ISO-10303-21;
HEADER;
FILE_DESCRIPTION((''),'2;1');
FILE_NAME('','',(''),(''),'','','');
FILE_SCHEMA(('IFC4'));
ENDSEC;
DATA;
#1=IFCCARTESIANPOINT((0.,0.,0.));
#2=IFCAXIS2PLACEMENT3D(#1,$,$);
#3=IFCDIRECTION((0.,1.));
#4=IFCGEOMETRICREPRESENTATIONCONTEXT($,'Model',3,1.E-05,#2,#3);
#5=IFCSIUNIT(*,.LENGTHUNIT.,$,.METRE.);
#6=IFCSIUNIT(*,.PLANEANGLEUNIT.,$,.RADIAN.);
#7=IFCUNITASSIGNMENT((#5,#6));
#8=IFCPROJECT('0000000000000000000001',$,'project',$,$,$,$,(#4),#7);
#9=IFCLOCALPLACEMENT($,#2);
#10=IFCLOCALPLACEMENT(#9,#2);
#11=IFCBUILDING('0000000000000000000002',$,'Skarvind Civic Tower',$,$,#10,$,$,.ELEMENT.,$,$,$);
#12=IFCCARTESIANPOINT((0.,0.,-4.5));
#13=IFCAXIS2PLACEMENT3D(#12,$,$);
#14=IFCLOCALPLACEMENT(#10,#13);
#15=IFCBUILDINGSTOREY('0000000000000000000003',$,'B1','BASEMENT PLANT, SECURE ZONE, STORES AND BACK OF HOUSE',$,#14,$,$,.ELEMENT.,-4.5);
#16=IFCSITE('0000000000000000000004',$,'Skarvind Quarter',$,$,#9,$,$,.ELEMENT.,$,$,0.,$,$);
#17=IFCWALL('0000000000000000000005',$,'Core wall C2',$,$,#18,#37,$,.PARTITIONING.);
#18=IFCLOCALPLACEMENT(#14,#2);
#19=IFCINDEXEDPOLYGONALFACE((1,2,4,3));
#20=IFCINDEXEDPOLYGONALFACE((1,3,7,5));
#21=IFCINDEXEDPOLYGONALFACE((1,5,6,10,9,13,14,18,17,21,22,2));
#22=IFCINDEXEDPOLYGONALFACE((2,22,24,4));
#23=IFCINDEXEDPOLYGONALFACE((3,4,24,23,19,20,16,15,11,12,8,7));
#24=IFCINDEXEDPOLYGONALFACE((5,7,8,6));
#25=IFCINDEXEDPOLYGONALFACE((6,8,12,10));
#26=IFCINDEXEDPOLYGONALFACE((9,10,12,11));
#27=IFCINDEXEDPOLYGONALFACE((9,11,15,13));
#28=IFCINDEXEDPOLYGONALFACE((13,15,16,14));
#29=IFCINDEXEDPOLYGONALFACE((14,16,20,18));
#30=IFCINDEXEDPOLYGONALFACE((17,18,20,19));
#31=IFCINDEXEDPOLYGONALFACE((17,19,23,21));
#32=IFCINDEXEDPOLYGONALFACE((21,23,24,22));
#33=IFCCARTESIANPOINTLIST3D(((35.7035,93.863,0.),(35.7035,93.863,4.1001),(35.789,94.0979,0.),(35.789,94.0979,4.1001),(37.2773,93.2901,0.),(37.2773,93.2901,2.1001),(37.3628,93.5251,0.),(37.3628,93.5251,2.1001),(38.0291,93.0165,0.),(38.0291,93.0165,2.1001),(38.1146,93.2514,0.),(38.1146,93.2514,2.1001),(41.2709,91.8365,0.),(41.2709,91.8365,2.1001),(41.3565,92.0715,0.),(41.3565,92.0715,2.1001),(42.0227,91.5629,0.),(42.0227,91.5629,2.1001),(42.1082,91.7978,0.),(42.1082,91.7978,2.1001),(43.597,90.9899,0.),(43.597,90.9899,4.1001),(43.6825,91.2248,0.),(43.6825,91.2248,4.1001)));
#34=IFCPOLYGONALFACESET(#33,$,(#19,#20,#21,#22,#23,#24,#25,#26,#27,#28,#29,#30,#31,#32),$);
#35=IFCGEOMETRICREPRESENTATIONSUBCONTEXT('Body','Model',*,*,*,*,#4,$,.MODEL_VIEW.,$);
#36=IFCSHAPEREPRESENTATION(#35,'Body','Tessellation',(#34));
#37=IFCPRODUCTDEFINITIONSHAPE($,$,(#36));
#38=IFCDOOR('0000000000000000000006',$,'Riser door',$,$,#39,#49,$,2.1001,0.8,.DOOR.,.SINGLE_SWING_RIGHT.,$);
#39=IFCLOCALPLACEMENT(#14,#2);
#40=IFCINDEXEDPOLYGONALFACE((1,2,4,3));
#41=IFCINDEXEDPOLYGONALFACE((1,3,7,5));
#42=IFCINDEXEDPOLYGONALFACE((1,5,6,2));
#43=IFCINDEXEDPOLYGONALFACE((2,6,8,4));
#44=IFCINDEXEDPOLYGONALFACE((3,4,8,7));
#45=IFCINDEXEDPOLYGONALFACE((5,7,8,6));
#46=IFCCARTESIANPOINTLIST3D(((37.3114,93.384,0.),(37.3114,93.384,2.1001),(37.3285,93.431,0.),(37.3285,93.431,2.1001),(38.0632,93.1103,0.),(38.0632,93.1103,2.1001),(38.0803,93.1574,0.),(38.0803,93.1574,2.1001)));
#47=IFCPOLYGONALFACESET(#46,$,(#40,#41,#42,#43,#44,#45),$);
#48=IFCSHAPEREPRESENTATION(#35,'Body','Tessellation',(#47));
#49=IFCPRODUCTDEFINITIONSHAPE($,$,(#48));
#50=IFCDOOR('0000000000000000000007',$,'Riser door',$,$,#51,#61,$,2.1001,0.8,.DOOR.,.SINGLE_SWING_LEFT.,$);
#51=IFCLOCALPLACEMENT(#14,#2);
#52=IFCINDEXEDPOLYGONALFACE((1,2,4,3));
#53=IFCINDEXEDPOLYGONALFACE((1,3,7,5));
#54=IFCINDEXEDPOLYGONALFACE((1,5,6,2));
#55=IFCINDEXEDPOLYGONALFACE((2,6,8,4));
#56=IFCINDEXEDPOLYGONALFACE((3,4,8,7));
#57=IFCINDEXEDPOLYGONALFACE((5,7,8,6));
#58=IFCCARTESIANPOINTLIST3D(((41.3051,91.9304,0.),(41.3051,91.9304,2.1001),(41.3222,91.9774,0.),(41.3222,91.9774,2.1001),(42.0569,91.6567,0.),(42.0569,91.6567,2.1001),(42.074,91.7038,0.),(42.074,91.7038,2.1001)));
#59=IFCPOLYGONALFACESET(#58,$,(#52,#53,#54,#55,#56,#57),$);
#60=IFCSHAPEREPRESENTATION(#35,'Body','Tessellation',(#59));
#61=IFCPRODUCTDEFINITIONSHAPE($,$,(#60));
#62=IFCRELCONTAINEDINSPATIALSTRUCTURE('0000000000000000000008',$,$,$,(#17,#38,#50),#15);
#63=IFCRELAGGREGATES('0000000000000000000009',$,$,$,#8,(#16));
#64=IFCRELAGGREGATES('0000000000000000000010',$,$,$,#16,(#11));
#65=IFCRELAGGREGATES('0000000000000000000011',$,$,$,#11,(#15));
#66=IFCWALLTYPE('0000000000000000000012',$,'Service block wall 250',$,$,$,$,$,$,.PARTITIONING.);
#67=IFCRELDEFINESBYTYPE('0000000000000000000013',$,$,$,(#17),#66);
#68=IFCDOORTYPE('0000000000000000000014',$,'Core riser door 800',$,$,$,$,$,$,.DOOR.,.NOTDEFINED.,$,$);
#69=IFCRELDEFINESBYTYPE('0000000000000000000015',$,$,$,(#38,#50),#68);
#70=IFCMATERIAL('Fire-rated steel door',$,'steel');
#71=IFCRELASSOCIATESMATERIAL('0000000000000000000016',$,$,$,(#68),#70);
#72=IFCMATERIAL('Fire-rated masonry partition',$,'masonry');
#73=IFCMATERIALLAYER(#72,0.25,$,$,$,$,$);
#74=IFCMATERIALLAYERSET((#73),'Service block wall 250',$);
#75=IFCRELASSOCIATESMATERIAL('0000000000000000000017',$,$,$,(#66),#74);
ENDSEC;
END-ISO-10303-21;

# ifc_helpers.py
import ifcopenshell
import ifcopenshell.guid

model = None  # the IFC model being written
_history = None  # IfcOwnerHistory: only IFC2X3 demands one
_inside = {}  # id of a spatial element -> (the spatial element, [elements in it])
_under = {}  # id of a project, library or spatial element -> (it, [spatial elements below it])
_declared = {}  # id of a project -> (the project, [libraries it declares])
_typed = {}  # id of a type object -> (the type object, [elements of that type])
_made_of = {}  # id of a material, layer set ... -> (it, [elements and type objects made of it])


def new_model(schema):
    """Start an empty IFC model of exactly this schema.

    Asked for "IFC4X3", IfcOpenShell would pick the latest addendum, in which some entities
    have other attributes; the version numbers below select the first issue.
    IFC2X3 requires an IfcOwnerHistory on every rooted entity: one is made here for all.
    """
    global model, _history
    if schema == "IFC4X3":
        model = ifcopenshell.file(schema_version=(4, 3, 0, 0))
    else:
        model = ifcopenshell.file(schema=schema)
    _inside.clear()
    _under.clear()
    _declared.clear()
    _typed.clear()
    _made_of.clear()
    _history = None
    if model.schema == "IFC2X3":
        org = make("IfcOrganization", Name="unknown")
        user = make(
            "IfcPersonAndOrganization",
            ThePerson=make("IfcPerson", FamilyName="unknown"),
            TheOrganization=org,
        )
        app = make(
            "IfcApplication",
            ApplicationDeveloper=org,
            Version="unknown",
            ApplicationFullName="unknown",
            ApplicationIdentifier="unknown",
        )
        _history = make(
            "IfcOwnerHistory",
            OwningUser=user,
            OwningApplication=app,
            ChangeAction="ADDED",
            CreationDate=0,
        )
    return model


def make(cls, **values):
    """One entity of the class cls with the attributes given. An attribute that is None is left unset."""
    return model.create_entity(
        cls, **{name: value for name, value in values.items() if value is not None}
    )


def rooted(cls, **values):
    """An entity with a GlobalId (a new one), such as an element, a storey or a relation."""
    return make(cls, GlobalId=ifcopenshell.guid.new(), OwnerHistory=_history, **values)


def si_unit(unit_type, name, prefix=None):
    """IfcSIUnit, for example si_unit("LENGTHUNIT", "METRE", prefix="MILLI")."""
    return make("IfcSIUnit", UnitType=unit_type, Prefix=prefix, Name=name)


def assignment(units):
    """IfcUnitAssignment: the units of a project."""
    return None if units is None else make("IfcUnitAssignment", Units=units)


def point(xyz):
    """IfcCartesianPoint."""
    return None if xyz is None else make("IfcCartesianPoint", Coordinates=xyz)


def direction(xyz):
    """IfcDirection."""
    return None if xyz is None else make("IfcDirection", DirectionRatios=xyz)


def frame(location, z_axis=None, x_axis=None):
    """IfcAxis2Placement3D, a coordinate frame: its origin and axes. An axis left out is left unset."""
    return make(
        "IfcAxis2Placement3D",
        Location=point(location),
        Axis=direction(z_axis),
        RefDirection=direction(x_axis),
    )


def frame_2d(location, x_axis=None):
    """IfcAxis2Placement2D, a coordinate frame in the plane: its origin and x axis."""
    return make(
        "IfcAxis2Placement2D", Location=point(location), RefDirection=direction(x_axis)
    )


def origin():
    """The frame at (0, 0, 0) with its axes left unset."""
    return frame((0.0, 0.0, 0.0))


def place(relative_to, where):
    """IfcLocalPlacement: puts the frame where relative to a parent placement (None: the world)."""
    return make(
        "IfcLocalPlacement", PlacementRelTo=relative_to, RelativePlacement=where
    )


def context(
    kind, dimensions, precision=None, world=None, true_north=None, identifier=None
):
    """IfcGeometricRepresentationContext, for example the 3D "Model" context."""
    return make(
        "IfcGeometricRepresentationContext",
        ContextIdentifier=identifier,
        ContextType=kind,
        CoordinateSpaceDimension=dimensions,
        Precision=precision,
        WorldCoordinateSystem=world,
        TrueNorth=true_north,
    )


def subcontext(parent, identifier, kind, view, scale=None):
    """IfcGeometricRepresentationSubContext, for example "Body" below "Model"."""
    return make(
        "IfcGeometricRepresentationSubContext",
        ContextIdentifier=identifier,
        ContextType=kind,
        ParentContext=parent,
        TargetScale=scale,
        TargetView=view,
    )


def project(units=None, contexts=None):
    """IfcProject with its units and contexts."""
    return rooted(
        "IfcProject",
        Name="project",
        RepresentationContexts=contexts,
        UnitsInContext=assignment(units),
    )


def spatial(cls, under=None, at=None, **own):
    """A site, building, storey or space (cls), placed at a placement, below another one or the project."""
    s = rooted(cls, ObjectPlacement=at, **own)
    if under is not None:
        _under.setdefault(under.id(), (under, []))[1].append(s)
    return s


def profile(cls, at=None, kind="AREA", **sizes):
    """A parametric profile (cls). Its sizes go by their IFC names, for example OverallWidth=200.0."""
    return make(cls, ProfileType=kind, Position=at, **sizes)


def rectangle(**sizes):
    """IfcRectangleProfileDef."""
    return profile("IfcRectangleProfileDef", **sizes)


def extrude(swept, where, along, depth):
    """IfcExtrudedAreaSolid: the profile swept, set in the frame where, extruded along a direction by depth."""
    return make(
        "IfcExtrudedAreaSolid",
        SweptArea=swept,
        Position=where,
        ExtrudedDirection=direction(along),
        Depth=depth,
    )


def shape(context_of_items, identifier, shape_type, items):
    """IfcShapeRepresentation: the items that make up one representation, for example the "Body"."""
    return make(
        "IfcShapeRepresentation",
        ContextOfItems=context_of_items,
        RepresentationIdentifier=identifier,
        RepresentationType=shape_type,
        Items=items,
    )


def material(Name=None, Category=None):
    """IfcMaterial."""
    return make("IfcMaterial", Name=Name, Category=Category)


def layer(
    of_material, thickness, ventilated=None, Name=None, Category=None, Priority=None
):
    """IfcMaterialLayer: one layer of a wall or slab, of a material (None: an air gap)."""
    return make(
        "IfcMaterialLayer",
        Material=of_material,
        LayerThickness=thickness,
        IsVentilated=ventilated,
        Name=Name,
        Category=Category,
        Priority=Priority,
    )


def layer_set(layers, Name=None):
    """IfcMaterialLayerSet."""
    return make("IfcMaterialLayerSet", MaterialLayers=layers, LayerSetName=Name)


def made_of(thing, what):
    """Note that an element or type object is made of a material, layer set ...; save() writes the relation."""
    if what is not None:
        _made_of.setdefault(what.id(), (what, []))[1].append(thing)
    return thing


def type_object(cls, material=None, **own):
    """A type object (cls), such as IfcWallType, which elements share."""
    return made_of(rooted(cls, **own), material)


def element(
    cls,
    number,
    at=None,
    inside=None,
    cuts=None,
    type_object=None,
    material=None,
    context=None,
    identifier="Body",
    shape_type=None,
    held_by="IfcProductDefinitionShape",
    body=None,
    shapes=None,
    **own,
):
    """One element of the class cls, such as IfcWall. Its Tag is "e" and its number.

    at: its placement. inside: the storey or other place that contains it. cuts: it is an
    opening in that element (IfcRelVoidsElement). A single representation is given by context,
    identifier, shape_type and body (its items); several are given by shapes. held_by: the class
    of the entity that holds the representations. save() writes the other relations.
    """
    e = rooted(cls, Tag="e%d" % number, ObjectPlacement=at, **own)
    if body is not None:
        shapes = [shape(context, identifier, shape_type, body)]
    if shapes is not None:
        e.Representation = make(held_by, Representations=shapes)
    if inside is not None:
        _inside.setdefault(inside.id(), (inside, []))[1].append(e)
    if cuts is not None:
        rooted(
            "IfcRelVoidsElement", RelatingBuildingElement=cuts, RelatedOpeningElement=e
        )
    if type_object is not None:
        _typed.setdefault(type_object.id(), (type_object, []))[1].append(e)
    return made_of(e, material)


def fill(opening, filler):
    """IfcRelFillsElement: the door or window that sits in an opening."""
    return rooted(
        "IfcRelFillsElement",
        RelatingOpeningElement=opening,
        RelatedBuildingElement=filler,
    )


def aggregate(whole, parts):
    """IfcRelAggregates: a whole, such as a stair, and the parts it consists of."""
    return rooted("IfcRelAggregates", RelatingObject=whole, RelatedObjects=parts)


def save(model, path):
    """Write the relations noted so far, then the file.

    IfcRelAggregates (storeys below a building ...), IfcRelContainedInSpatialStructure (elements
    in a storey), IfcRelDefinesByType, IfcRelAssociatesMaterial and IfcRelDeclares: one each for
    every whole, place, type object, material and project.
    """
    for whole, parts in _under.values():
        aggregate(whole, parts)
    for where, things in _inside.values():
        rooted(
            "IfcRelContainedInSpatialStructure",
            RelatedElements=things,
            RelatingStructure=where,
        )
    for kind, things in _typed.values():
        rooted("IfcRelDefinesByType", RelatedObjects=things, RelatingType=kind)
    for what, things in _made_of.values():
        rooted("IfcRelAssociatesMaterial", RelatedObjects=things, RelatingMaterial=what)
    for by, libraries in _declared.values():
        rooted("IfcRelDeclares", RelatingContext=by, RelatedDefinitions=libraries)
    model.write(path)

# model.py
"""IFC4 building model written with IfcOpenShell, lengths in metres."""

from ifc_helpers import new_model, si_unit, direction, frame, frame_2d, origin, place, context, subcontext, project, spatial, rectangle, extrude, material, layer, layer_set, type_object, element, fill, save


model = new_model("IFC4")

# Units and contexts
model_context = context("Model", 3, precision=1e-05, world=origin(), true_north=direction((0.0, 1.0)))
body_context = subcontext(model_context, "Body", "Model", "MODEL_VIEW")
ifc_project = project(units=[si_unit("LENGTHUNIT", "METRE"), si_unit("PLANEANGLEUNIT", "RADIAN")], contexts=[model_context])

# Site, building, storey
site_placement = place(None, origin())
site = spatial("IfcSite", under=ifc_project, at=site_placement, Name="Skarvind Quarter", CompositionType="ELEMENT", RefElevation=0.0)
building_placement = place(site_placement, origin())
building = spatial("IfcBuilding", under=site, at=building_placement, Name="Skarvind Civic Tower", CompositionType="ELEMENT")
storey_placement = place(building_placement, frame((0.0, 0.0, -4.5)))
storey = spatial("IfcBuildingStorey", under=building, at=storey_placement, Name="B1", Description="BASEMENT PLANT, SECURE ZONE, STORES AND BACK OF HOUSE", CompositionType="ELEMENT", Elevation=-4.5)

# Shared definitions
ifc_material_1 = material(Name="Fire-rated masonry partition", Category="masonry")
ifc_material_2 = material(Name="Fire-rated steel door", Category="steel")

# Shared definitions
door_type_1 = type_object("IfcDoorType", Name="Core riser door 800", OperationType="NOTDEFINED", PredefinedType="DOOR", material=ifc_material_2)

# Wall, openings, doors
ifc_layer_1 = layer(ifc_material_1, 0.25)
ifc_layer_set_1 = layer_set([ifc_layer_1], Name="Service block wall 250")
wall_type_1 = type_object("IfcWallType", Name="Service block wall 250", PredefinedType="PARTITIONING", material=ifc_layer_set_1)
wall_1_placement = place(storey_placement, frame((35.7461, 93.9805, 0.0), z_axis=(0.0, 0.0, 1.0), x_axis=(0.939692, -0.342023, 0.0)))
wall_1 = element("IfcWall", 1, at=wall_1_placement, inside=storey, type_object=wall_type_1, Name="Core wall C2", PredefinedType="PARTITIONING", context=body_context, shape_type="SweptSolid", body=[
    extrude(rectangle(XDim=8.4001, YDim=0.25, at=frame_2d((4.2002, 0.0))), origin(), (0.0, 0.0, 1.0), 4.1001),
])
opening_1_placement = place(wall_1_placement, frame((1.675, 0.0, 0.0)))
opening_1 = element("IfcOpeningElement", 2, at=opening_1_placement, cuts=wall_1, PredefinedType="OPENING", context=body_context, shape_type="SweptSolid", body=[
    extrude(rectangle(XDim=0.8, YDim=2.1001, at=frame_2d((0.3999, 1.05))), frame((0.0, 0.135, 0.0), z_axis=(0.0, -1.0, 0.0), x_axis=(1.0, 0.0, 0.0)), (0.0, 0.0, 1.0), 0.27),
])
opening_2_placement = place(wall_1_placement, frame((5.925, 0.0, 0.0)))
opening_2 = element("IfcOpeningElement", 3, at=opening_2_placement, cuts=wall_1, PredefinedType="OPENING", context=body_context, shape_type="SweptSolid", body=[
    extrude(rectangle(XDim=0.8, YDim=2.1001, at=frame_2d((0.3999, 1.05))), frame((0.0, 0.135, 0.0), z_axis=(0.0, -1.0, 0.0), x_axis=(1.0, 0.0, 0.0)), (0.0, 0.0, 1.0), 0.27),
])
door_1_placement = place(opening_1_placement, origin())
door_1 = element("IfcDoor", 4, at=door_1_placement, inside=storey, type_object=door_type_1, Name="Riser door", OperationType="SINGLE_SWING_RIGHT", OverallHeight=2.1001, OverallWidth=0.8, PredefinedType="DOOR", context=body_context, shape_type="SweptSolid", body=[
    extrude(rectangle(XDim=0.8, YDim=2.1001, at=frame_2d((0.3999, 1.05))), frame((0.0, 0.0249, 0.0), z_axis=(0.0, -1.0, 0.0), x_axis=(1.0, 0.0, 0.0)), (0.0, 0.0, 1.0), 0.05),
])
fill(opening_1, door_1)
door_2_placement = place(opening_2_placement, origin())
door_2 = element("IfcDoor", 5, at=door_2_placement, inside=storey, type_object=door_type_1, Name="Riser door", OperationType="SINGLE_SWING_LEFT", OverallHeight=2.1001, OverallWidth=0.8, PredefinedType="DOOR", context=body_context, shape_type="SweptSolid", body=[
    extrude(rectangle(XDim=0.8, YDim=2.1001, at=frame_2d((0.3999, 1.05))), frame((0.0, 0.0249, 0.0), z_axis=(0.0, -1.0, 0.0), x_axis=(1.0, 0.0, 0.0)), (0.0, 0.0, 1.0), 0.05),
])
fill(opening_2, door_2)

save(model, "model.ifc")
